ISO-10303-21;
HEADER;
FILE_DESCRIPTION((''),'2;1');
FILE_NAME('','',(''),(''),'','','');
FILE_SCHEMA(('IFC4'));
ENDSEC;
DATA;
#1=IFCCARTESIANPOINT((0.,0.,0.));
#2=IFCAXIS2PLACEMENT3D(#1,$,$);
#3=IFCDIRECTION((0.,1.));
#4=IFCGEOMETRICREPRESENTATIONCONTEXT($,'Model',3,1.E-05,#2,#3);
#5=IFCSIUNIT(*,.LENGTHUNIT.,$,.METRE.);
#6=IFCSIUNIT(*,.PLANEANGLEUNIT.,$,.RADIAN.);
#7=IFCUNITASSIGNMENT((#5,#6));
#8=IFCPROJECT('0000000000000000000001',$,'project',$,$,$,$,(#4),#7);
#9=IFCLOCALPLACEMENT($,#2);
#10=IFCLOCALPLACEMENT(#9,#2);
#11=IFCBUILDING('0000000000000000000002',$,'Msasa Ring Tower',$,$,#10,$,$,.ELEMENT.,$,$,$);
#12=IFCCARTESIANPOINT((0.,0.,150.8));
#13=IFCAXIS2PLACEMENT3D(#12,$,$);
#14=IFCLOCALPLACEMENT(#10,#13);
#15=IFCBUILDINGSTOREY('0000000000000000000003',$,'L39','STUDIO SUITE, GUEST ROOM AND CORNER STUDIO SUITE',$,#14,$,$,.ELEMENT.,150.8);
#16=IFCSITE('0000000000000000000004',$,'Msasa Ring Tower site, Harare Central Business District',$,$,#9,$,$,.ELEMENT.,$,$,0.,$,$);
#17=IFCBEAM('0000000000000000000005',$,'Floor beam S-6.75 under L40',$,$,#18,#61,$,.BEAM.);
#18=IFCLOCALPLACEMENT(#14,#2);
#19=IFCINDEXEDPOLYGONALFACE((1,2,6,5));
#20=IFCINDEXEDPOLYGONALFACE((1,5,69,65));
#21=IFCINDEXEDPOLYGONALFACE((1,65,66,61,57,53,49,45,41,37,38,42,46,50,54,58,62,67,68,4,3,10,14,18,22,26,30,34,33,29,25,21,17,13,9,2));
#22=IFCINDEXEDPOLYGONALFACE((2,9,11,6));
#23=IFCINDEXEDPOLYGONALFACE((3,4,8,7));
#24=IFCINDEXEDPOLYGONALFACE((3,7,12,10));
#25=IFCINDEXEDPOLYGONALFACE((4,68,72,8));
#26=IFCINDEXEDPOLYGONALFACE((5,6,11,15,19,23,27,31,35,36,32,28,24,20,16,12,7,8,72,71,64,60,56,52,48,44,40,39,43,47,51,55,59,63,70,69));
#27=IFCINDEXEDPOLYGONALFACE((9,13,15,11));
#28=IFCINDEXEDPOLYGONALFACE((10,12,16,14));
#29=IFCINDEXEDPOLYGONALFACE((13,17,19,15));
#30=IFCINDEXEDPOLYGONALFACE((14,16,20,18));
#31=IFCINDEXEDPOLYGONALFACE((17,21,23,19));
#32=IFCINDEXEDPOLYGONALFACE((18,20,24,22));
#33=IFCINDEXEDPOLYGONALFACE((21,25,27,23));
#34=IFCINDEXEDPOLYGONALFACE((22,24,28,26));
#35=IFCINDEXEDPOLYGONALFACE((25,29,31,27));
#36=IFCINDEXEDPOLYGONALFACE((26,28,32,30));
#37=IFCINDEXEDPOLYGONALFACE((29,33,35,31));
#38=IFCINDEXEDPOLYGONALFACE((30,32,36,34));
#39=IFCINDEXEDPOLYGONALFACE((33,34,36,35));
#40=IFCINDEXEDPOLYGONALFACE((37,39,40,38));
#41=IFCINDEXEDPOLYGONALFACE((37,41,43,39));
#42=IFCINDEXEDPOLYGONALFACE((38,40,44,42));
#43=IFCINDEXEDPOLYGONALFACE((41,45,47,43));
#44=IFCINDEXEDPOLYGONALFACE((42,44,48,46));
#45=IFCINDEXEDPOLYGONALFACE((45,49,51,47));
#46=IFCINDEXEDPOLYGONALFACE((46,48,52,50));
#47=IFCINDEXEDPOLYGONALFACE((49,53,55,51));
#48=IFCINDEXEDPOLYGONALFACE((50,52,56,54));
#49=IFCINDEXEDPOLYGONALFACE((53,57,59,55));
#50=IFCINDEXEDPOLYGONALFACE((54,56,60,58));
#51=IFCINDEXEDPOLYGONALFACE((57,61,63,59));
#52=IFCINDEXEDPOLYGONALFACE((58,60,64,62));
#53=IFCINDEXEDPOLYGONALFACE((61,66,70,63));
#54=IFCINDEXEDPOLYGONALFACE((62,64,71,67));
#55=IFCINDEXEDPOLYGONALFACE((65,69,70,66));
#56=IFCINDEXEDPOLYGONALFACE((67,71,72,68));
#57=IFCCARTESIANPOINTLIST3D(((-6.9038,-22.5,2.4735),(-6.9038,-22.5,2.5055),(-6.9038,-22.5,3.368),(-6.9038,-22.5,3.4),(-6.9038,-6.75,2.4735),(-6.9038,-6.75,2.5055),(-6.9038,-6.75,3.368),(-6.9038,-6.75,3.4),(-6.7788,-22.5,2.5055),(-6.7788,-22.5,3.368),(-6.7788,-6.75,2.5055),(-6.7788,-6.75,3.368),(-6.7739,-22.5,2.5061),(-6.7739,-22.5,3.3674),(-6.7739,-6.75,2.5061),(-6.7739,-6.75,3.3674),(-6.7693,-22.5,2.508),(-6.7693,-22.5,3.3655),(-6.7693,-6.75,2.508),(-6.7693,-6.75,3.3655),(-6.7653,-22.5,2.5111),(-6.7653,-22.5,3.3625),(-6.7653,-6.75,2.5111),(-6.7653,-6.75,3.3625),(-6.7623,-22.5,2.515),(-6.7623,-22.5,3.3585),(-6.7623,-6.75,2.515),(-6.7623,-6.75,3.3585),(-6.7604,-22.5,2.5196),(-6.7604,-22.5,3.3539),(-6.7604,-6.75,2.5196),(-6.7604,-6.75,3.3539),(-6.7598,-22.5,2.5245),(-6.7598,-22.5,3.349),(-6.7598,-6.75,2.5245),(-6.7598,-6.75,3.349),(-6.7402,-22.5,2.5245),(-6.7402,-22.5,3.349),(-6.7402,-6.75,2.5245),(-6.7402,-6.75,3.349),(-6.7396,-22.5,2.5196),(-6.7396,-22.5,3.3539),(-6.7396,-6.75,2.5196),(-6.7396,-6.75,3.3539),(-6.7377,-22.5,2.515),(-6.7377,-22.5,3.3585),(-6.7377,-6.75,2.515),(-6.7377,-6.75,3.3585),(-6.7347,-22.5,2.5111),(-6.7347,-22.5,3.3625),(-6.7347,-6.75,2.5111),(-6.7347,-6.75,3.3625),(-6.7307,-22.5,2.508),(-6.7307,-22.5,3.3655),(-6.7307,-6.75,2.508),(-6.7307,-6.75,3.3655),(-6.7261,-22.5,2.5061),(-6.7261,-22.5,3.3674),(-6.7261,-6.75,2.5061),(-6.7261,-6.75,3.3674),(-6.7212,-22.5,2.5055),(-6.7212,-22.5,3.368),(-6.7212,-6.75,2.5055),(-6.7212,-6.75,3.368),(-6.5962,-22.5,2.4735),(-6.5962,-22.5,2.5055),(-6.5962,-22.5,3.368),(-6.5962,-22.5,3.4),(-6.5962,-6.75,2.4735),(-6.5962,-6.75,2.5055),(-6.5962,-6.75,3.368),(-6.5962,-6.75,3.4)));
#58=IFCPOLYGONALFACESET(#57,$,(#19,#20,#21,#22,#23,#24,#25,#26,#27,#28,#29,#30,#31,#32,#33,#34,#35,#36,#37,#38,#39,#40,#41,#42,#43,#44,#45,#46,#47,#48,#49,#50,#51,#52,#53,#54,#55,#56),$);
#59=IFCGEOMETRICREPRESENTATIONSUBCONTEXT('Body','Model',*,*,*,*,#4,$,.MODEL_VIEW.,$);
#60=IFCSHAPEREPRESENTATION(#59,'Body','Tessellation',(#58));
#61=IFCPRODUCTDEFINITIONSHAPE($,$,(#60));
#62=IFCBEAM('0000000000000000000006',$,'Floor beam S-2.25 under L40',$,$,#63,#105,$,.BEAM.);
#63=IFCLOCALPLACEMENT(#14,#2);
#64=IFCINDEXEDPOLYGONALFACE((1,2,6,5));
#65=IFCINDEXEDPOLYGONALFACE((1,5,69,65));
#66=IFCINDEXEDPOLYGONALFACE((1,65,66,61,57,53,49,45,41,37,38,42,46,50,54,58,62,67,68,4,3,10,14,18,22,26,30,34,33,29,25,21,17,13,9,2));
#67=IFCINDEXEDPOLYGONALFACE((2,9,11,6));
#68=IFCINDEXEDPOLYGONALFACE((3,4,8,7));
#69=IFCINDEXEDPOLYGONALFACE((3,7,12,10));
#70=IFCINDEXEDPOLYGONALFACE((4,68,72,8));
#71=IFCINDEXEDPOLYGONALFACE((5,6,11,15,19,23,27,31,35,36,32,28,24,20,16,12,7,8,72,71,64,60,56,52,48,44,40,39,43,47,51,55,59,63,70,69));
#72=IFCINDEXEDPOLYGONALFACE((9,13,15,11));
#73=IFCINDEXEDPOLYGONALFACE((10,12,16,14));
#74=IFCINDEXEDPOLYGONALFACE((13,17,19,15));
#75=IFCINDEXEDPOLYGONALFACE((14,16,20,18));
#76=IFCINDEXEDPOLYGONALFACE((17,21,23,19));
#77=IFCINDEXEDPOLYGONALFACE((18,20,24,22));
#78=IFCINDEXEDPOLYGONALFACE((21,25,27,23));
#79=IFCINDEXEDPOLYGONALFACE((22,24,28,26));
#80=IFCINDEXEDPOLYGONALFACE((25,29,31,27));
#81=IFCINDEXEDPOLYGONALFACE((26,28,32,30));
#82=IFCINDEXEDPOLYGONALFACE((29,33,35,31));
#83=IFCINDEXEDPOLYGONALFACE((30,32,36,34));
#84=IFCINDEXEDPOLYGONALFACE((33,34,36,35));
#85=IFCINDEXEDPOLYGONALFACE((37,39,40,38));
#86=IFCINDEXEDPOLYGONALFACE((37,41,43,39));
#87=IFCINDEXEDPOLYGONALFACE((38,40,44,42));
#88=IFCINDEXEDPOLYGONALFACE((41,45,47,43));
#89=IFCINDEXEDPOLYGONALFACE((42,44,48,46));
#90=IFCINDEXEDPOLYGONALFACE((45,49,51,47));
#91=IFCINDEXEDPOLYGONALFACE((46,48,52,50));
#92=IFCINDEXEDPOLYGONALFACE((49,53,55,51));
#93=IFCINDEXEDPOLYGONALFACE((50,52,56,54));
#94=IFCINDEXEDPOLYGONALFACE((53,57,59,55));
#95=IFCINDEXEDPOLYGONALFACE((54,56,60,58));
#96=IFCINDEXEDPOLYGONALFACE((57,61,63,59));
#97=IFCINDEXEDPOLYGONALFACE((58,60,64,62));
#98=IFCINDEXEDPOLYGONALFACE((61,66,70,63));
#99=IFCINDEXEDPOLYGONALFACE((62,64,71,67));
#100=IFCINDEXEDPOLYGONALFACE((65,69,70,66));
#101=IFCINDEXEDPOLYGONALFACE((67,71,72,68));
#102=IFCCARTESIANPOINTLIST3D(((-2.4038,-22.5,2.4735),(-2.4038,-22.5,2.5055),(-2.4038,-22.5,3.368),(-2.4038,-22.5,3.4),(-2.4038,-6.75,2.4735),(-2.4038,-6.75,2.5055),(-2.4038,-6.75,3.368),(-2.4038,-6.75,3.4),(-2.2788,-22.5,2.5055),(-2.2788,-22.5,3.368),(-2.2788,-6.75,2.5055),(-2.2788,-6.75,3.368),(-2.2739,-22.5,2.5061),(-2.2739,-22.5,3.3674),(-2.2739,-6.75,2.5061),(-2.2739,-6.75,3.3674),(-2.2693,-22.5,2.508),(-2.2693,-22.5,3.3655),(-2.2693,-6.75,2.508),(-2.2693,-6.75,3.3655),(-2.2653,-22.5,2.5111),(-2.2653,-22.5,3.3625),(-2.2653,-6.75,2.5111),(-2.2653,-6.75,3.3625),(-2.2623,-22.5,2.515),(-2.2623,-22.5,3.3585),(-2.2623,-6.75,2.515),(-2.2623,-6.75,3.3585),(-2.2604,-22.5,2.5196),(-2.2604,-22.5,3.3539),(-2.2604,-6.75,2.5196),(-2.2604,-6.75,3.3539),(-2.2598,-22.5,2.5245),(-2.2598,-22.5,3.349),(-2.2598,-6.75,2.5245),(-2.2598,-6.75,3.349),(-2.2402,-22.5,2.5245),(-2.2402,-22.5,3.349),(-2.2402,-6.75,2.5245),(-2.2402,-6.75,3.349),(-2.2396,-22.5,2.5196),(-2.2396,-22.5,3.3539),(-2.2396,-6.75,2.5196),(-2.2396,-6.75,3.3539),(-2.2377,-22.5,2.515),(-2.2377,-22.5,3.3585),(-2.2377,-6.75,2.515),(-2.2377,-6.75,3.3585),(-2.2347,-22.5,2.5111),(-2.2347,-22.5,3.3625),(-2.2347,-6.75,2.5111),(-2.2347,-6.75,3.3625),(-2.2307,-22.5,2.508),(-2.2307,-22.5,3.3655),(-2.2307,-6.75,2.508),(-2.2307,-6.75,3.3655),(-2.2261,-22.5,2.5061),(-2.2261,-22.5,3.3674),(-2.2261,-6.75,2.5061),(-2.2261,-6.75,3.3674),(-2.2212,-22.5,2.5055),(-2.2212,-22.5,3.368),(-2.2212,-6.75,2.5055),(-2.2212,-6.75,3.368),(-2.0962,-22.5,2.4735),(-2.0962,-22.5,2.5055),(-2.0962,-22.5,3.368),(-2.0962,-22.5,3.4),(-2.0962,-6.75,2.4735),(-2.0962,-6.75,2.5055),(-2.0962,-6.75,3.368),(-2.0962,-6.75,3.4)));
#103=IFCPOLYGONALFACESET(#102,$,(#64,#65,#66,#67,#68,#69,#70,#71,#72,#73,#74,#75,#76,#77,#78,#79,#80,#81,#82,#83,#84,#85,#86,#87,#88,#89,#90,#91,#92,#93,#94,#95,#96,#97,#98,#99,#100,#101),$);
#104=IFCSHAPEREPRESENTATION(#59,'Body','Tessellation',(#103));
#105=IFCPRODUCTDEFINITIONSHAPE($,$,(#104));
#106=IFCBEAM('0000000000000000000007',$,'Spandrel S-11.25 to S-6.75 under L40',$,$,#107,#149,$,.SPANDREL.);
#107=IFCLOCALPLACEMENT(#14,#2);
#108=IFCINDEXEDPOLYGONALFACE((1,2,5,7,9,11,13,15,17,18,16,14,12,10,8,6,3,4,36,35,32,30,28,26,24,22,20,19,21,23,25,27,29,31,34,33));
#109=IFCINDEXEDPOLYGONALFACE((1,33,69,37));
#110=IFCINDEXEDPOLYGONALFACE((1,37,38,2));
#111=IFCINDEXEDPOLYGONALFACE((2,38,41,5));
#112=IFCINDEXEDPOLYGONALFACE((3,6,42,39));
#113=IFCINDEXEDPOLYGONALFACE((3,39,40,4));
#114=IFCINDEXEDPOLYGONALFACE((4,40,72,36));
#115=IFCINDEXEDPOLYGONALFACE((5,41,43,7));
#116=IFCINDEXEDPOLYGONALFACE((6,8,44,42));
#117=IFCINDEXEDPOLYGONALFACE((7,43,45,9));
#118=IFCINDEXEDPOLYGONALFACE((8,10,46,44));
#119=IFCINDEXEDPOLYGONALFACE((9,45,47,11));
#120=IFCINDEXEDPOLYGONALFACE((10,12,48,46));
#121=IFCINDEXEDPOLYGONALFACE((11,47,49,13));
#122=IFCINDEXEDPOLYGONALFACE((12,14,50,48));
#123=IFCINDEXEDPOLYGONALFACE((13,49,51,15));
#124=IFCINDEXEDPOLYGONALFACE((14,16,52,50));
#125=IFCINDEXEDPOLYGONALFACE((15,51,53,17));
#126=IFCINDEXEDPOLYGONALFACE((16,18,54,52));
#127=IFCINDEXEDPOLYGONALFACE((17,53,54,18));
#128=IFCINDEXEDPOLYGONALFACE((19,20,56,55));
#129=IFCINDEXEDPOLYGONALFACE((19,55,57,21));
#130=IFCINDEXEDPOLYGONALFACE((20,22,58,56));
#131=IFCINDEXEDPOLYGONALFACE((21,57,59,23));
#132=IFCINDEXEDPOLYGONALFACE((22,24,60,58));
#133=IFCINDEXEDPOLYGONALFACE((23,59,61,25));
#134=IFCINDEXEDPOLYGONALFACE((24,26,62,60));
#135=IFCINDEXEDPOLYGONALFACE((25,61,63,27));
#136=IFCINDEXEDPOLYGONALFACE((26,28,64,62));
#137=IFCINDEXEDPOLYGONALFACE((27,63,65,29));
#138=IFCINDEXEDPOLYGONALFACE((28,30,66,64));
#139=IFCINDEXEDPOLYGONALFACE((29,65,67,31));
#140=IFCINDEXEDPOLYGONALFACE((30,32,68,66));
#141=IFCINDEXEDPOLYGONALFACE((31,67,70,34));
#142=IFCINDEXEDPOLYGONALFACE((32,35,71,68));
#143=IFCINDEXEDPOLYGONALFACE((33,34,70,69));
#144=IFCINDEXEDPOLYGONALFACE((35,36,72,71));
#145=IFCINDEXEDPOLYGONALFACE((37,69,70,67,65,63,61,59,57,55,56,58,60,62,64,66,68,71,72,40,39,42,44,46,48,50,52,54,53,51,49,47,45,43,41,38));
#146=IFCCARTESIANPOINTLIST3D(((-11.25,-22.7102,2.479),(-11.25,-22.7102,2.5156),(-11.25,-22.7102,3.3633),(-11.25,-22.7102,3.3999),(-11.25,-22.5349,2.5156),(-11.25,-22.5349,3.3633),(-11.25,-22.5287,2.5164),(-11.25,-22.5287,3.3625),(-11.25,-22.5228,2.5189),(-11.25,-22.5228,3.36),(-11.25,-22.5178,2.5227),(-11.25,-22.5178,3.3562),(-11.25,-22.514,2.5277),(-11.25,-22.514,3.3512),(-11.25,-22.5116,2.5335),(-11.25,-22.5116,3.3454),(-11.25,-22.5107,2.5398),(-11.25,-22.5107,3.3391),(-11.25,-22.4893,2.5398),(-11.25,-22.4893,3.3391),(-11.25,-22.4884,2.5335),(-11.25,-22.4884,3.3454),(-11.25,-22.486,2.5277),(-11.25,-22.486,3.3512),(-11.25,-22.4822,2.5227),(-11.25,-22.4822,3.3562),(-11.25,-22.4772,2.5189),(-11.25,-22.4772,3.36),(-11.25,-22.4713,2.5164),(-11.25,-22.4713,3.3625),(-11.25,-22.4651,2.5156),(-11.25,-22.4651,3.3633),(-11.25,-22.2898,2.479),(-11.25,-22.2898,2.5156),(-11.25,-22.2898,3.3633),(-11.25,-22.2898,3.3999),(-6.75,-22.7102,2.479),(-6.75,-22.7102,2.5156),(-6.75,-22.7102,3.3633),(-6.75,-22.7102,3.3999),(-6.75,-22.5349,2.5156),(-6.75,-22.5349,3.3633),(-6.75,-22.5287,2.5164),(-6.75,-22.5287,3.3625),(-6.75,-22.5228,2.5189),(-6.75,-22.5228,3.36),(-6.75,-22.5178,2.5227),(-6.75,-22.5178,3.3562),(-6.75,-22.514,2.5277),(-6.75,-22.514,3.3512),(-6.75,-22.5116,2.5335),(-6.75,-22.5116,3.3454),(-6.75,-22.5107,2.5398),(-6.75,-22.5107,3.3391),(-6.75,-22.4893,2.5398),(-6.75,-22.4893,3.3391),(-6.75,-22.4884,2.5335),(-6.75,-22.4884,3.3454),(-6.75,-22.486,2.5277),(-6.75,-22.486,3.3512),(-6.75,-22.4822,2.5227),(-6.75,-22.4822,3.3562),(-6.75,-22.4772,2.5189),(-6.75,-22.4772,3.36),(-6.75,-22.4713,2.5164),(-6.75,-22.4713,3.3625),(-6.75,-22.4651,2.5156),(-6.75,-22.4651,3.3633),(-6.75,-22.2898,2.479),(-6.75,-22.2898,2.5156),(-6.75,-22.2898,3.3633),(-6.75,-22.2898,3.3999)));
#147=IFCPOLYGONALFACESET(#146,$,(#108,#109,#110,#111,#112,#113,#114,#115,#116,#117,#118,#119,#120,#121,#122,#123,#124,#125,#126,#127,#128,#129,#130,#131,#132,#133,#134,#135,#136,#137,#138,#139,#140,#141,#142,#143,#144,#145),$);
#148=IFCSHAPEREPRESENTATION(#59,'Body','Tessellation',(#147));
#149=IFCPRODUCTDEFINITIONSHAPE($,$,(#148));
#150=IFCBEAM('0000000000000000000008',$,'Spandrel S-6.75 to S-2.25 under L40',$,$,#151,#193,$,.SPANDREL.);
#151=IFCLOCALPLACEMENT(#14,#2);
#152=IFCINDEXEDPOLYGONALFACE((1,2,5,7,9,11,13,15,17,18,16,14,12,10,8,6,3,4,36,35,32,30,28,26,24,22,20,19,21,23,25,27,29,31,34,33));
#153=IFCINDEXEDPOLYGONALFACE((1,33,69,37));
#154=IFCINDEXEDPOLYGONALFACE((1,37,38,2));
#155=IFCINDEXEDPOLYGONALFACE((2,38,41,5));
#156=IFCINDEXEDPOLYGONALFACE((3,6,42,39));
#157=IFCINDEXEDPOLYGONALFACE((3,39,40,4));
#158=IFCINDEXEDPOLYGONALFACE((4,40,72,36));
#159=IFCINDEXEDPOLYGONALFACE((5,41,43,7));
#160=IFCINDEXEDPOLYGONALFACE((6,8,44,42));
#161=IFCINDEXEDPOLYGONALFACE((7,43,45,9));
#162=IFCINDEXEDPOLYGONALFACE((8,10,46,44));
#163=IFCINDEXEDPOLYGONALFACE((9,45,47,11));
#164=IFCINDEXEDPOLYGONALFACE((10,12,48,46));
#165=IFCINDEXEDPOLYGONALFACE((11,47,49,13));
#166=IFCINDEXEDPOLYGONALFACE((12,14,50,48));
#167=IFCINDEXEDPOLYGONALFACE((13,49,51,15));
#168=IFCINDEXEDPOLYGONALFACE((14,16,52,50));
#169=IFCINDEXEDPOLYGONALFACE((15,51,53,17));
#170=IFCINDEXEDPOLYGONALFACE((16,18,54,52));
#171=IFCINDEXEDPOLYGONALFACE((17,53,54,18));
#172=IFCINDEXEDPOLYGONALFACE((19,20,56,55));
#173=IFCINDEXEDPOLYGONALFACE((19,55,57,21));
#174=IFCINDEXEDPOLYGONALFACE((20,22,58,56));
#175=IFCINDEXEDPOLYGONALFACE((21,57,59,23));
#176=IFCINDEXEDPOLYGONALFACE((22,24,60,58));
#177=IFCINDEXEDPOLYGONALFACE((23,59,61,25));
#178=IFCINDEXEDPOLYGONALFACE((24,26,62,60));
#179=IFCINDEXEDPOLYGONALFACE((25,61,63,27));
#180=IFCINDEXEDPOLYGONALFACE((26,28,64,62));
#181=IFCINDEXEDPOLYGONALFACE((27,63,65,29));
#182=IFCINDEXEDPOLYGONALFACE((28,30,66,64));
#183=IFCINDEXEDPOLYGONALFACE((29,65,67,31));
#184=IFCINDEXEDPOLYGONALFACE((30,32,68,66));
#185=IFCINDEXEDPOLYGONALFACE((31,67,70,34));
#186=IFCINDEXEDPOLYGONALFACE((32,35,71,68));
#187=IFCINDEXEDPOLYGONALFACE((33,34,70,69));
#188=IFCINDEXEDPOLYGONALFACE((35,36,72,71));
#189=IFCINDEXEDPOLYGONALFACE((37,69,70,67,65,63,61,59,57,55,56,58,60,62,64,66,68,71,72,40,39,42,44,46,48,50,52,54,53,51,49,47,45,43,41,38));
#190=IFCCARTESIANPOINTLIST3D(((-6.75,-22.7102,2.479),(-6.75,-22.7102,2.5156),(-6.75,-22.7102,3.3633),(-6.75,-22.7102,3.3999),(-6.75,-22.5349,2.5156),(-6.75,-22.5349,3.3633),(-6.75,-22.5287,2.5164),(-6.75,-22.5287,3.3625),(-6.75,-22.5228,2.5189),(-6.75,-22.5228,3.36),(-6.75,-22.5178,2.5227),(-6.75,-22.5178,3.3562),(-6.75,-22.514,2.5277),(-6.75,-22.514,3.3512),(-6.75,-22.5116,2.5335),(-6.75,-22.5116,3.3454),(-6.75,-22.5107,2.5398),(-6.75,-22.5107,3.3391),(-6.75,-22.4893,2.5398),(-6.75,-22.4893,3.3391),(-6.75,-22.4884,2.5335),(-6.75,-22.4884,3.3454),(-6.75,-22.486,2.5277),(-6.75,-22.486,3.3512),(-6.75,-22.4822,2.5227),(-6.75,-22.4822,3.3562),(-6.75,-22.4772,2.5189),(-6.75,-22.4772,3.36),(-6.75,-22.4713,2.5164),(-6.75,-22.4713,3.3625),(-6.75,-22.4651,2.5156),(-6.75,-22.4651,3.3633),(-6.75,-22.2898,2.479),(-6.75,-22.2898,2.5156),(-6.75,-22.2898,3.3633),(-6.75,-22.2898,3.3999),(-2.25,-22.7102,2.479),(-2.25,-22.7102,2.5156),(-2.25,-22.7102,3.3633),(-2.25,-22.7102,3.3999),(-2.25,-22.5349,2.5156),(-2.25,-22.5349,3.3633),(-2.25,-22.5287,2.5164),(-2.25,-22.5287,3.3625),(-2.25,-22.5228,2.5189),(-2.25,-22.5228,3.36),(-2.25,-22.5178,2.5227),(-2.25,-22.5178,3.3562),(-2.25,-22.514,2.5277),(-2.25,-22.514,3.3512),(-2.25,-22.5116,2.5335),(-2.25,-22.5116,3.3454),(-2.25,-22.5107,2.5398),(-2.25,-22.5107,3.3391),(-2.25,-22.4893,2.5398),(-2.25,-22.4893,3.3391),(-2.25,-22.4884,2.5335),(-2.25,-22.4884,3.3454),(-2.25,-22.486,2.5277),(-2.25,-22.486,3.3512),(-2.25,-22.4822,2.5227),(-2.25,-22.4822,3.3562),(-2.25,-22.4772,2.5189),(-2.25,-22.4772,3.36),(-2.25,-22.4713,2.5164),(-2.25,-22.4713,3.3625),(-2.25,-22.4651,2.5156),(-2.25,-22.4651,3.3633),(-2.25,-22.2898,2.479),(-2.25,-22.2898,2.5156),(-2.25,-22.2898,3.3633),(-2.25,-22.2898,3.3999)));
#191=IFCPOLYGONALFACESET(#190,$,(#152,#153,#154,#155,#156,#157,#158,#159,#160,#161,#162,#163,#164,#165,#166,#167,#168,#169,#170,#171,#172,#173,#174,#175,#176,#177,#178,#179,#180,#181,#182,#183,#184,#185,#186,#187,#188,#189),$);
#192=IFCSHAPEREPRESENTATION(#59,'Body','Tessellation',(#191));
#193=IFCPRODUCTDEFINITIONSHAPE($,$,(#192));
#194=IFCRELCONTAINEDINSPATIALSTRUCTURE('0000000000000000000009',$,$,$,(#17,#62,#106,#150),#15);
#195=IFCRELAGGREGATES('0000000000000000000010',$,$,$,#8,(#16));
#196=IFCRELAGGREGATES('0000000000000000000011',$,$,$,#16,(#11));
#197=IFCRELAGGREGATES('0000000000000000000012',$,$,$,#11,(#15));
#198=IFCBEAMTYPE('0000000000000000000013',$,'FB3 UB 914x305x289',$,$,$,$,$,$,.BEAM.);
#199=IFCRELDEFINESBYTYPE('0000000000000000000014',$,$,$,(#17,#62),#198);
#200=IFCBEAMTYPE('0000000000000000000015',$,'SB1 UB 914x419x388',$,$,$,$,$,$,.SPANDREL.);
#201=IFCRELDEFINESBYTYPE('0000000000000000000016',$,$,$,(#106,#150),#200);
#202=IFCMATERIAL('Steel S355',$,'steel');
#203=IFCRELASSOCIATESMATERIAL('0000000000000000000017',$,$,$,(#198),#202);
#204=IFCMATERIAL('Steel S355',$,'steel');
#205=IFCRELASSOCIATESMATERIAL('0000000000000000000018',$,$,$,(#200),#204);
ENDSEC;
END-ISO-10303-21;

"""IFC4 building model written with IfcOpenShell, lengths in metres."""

from ifc_helpers import new_model, si_unit, direction, frame, origin, origin_2d, place, context, subcontext, project, spatial, i_section, extrude, material, material_profile, profile_set, type_object, element, save


model = new_model("IFC4")

# Units and contexts
model_context = context("Model", 3, precision=1e-05, world=origin(), true_north=direction((0.0, 1.0)))
body_context = subcontext(model_context, "Body", "Model", "MODEL_VIEW")
ifc_project = project(units=[si_unit("LENGTHUNIT", "METRE"), si_unit("PLANEANGLEUNIT", "RADIAN")], contexts=[model_context])

# Site, building, storey
site_placement = place(None, origin())
site = spatial("IfcSite", under=ifc_project, at=site_placement, Name="Msasa Ring Tower site, Harare Central Business District", CompositionType="ELEMENT", RefElevation=0.0)
building_placement = place(site_placement, origin())
building = spatial("IfcBuilding", under=site, at=building_placement, Name="Msasa Ring Tower", CompositionType="ELEMENT")
storey_placement = place(building_placement, frame((0.0, 0.0, 150.8)))
storey = spatial("IfcBuildingStorey", under=building, at=storey_placement, Name="L39", Description="STUDIO SUITE, GUEST ROOM AND CORNER STUDIO SUITE", CompositionType="ELEMENT", Elevation=150.8)

# Beams
ifc_material_1 = material(Name="Steel S355", Category="steel")
ifc_material_profile_1 = material_profile(ifc_material_1, i_section(OverallWidth=0.3076, OverallDepth=0.9265, WebThickness=0.0195, FlangeThickness=0.032, FilletRadius=0.019, at=origin_2d()), Name="UB 914x305x289")
ifc_profile_set_1 = profile_set([ifc_material_profile_1], Name="Steel S355")
beam_type_1 = type_object("IfcBeamType", Name="FB3 UB 914x305x289", PredefinedType="BEAM", material=ifc_profile_set_1)
for number, where, z_axis, x_axis, name in (
    (1, (-6.75, -22.5, 2.9368), (0.0, 1.0, 0.0), (-1.0, 0.0, 0.0), "Floor beam S-6.75 under L40"),
    (2, (-2.25, -22.5, 2.9368), (0.0, 1.0, 0.0), (-1.0, 0.0, 0.0), "Floor beam S-2.25 under L40"),
):
    element("IfcBeam", number, at=place(storey_placement, frame(where, z_axis=z_axis, x_axis=x_axis)), inside=storey, type_object=beam_type_1, Name=name, PredefinedType="BEAM", context=body_context, shape_type="SweptSolid", body=[
        extrude(i_section(OverallWidth=0.3076, OverallDepth=0.9265, WebThickness=0.0195, FlangeThickness=0.032, FilletRadius=0.019, at=origin_2d()), origin(), (0.0, 0.0, 1.0), 15.75),
    ])
ifc_material_2 = material(Name="Steel S355", Category="steel")
ifc_material_profile_2 = material_profile(ifc_material_2, i_section(OverallWidth=0.4204, OverallDepth=0.9209, WebThickness=0.0215, FlangeThickness=0.0366, FilletRadius=0.0242, at=origin_2d()), Name="UB 914x419x388")
ifc_profile_set_2 = profile_set([ifc_material_profile_2], Name="Steel S355")
beam_type_2 = type_object("IfcBeamType", Name="SB1 UB 914x419x388", PredefinedType="SPANDREL", material=ifc_profile_set_2)
for number, where, z_axis, x_axis, name in (
    (3, (-11.25, -22.5, 2.9395), (1.0, 0.0, 0.0), (0.0, 1.0, 0.0), "Spandrel S-11.25 to S-6.75 under L40"),
    (4, (-6.75, -22.5, 2.9395), (1.0, 0.0, 0.0), (0.0, 1.0, 0.0), "Spandrel S-6.75 to S-2.25 under L40"),
):
    element("IfcBeam", number, at=place(storey_placement, frame(where, z_axis=z_axis, x_axis=x_axis)), inside=storey, type_object=beam_type_2, Name=name, PredefinedType="SPANDREL", context=body_context, shape_type="SweptSolid", body=[
        extrude(i_section(OverallWidth=0.4204, OverallDepth=0.9209, WebThickness=0.0215, FlangeThickness=0.0366, FilletRadius=0.0242, at=origin_2d()), origin(), (0.0, 0.0, 1.0), 4.5),
    ])

save(model, "model.ifc")
